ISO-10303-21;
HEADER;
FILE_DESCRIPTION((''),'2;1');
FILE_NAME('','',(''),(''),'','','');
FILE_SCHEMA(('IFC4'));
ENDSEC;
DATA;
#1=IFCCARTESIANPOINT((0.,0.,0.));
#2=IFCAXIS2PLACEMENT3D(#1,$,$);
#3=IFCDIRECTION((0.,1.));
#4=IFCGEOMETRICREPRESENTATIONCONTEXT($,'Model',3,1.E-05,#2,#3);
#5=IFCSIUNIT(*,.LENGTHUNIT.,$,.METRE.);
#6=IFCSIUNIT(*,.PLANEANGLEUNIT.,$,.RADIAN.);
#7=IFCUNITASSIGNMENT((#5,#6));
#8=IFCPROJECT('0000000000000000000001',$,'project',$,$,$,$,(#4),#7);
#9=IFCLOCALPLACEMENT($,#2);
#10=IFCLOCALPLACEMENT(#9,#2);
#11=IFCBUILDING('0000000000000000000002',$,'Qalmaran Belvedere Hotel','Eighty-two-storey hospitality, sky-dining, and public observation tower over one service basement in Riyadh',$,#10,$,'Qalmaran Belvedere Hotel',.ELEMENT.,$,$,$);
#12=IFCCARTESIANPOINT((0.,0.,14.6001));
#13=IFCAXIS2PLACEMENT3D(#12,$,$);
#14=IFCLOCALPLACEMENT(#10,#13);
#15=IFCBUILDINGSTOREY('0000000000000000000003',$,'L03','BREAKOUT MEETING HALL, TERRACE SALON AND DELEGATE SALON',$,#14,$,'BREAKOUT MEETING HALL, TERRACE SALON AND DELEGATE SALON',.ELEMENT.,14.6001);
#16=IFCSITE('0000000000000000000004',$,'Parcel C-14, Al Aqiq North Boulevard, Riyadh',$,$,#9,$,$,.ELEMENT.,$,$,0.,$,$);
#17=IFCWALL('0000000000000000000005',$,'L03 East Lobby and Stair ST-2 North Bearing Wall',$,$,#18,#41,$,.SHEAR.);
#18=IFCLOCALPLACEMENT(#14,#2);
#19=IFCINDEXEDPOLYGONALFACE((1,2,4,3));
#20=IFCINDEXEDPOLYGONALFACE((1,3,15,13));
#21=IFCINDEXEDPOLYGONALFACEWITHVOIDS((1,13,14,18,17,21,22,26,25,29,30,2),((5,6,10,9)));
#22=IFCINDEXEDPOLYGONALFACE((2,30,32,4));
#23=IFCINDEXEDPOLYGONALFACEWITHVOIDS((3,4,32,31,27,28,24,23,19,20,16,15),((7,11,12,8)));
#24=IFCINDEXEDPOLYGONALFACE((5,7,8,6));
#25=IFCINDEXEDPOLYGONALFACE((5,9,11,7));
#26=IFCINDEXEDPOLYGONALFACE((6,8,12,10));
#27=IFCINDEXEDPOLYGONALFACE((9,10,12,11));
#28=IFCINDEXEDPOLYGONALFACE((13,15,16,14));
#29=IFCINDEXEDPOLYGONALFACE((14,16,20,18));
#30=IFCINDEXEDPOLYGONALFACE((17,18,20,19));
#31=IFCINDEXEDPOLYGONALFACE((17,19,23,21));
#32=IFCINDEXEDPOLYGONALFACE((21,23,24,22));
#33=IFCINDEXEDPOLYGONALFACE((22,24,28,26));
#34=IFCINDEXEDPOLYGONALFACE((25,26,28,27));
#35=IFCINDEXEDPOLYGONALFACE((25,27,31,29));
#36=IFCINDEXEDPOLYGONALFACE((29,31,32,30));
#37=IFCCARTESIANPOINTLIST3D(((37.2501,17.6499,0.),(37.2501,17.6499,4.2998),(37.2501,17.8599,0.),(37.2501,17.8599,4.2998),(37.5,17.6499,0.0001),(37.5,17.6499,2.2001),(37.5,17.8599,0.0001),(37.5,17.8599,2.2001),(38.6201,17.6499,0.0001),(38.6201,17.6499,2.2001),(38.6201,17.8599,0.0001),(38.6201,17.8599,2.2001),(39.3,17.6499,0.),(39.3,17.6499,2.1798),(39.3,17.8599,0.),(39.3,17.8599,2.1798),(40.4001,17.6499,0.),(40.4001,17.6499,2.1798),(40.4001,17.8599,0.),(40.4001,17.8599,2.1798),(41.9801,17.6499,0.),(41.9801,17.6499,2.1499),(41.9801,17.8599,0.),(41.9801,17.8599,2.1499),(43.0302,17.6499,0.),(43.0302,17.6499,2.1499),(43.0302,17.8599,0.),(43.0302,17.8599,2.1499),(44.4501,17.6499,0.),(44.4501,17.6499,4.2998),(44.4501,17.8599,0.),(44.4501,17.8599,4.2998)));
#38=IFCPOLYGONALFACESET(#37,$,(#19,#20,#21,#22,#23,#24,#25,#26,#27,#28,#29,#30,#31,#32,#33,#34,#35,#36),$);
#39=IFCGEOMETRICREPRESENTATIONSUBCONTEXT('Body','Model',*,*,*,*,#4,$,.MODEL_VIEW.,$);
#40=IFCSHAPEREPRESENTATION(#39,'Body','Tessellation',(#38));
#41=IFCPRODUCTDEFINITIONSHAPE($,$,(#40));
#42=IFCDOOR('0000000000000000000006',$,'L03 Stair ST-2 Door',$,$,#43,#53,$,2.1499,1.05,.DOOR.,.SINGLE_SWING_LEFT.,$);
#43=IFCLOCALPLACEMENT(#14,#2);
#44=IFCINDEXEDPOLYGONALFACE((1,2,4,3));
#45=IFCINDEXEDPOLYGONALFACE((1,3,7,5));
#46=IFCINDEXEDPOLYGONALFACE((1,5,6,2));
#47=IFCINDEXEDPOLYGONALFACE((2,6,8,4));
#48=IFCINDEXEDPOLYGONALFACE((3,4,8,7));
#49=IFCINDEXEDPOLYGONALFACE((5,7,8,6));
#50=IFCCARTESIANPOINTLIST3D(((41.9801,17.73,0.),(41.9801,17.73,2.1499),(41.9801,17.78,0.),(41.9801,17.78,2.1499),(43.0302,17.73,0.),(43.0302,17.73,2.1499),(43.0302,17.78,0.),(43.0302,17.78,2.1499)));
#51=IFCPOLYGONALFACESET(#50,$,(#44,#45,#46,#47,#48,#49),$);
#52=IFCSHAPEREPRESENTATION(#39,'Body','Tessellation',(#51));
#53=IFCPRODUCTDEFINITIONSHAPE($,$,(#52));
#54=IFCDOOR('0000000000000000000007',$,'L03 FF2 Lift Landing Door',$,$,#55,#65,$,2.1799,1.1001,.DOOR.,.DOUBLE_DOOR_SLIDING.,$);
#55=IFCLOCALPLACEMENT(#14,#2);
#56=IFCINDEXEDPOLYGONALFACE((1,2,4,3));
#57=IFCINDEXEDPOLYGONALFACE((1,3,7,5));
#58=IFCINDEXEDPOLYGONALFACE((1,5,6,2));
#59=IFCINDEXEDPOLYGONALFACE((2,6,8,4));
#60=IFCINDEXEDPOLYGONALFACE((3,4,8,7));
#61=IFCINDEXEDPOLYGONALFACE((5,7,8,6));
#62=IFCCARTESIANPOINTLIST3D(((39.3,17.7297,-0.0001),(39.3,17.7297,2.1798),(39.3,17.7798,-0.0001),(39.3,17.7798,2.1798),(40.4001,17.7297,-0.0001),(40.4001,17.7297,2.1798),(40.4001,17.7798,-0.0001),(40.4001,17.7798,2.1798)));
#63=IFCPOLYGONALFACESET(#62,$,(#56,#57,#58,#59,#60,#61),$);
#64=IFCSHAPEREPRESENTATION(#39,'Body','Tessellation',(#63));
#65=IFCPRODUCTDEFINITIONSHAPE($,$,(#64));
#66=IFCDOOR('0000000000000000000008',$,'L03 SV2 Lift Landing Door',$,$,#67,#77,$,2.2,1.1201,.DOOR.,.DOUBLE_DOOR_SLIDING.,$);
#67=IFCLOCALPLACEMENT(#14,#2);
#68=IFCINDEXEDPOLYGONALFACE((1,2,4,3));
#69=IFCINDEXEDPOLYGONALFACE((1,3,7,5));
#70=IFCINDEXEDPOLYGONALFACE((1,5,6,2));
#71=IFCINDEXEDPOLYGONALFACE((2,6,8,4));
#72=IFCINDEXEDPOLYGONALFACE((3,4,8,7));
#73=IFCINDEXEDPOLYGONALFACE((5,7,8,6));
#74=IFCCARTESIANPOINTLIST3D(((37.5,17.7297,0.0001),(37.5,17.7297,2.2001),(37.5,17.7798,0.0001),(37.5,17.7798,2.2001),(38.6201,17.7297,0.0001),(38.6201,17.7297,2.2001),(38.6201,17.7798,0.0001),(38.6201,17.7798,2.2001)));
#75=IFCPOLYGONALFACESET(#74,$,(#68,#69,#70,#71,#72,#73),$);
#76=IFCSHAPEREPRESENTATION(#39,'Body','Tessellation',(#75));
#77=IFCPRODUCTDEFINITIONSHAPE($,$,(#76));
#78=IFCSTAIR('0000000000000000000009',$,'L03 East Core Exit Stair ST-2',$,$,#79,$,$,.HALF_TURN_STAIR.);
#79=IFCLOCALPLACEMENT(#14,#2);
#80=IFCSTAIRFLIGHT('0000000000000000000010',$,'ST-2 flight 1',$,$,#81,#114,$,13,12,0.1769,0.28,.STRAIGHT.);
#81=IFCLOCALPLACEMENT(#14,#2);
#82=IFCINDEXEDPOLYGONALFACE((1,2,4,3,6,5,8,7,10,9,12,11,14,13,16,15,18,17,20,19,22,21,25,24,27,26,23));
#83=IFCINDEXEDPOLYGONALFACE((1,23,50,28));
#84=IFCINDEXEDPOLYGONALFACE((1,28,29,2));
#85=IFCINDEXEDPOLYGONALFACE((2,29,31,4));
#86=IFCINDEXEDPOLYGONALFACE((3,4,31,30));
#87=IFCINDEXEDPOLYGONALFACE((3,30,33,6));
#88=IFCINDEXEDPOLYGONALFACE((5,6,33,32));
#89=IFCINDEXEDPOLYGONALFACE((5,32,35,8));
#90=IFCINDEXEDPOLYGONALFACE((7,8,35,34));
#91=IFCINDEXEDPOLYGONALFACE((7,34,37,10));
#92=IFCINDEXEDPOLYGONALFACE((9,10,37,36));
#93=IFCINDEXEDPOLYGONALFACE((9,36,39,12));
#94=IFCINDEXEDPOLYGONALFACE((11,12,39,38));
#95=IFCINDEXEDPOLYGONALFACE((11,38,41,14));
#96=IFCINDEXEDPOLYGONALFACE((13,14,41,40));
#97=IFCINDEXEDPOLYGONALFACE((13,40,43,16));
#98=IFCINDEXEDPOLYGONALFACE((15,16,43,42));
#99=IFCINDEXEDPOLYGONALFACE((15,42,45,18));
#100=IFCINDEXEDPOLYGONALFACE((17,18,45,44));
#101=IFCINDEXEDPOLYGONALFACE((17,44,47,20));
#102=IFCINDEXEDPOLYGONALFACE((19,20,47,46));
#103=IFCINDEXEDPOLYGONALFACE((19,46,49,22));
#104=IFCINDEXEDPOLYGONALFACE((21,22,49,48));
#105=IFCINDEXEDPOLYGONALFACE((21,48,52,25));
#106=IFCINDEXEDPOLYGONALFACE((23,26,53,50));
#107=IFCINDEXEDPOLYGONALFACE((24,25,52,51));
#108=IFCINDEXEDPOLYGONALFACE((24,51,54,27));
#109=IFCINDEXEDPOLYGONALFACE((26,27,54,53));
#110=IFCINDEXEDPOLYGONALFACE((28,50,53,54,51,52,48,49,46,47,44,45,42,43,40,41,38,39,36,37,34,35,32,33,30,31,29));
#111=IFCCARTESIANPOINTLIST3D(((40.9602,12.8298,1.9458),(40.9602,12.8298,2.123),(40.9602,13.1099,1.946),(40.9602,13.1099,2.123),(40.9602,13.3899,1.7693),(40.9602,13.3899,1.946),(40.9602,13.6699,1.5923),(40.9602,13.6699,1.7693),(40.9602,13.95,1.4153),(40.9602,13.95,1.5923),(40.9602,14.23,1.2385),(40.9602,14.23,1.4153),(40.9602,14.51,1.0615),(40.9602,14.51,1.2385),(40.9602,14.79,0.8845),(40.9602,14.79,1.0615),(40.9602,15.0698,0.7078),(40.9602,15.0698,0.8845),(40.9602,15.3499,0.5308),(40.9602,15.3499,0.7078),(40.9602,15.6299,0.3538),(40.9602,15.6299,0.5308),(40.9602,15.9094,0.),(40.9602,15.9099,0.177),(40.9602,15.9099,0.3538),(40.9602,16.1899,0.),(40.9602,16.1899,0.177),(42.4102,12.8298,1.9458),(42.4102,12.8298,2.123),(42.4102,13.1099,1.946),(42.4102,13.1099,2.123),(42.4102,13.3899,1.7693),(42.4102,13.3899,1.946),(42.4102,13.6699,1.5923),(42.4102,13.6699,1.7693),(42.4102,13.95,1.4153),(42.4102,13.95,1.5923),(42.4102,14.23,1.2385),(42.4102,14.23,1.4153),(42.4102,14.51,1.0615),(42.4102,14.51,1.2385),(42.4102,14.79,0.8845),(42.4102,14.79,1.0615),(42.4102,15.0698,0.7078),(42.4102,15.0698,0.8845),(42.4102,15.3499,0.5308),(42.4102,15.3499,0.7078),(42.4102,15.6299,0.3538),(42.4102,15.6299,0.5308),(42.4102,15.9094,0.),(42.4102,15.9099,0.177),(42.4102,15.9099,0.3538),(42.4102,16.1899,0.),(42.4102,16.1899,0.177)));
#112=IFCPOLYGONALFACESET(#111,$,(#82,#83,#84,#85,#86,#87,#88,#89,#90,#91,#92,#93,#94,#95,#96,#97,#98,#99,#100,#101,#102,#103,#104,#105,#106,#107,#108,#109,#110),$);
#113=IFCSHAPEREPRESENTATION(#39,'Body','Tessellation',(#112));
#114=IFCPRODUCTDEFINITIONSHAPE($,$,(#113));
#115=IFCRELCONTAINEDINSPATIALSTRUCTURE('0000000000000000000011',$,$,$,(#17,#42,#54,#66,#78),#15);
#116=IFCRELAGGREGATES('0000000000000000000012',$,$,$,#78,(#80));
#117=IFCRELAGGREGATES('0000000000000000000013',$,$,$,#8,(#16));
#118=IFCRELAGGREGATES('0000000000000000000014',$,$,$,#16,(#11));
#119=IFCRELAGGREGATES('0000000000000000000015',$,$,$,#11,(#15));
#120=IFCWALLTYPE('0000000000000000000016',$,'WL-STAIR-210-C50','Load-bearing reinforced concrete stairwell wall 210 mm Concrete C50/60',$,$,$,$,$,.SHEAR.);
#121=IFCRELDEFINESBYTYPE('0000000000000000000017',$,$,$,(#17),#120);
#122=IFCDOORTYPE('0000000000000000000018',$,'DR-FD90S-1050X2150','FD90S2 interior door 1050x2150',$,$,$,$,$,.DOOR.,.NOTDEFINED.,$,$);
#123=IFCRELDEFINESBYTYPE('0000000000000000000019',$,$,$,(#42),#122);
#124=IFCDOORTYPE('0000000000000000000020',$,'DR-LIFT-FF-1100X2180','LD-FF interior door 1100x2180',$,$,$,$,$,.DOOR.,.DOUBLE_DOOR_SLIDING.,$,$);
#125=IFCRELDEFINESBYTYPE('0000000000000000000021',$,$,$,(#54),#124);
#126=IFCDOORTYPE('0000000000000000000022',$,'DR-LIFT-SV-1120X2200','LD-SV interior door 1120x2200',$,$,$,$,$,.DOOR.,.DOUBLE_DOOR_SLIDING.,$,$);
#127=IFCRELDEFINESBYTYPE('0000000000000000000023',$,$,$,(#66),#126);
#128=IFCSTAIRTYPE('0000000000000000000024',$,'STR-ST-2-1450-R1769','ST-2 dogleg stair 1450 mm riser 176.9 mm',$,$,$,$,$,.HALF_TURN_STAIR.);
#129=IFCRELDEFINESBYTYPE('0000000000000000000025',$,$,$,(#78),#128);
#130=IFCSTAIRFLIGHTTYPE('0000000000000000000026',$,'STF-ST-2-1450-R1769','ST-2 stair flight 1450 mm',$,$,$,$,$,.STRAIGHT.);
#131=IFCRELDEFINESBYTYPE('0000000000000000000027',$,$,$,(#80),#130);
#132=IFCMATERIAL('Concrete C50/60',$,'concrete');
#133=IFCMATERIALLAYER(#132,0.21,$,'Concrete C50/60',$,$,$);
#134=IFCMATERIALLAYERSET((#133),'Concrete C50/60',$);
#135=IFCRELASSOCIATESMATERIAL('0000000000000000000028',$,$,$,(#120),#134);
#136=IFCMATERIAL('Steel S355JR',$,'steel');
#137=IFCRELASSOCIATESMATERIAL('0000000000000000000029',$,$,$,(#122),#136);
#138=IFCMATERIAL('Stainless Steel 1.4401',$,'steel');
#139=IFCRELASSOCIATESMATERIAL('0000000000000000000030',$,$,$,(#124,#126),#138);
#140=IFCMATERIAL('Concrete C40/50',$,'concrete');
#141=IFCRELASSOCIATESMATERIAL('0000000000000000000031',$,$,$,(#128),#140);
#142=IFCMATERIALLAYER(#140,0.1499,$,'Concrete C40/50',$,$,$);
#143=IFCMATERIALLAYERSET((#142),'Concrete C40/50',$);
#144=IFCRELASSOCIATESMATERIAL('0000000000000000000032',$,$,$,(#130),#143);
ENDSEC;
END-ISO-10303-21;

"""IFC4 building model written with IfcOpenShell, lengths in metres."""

from ifc_helpers import new_model, si_unit, direction, frame, frame_2d, origin, place, context, subcontext, project, spatial, polyline, rectangle, outline, extrude, material, layer, layer_set, type_object, element, fill, aggregate, save


model = new_model("IFC4")

# Units and contexts
model_context = context("Model", 3, precision=1e-05, world=origin(), true_north=direction((0.0, 1.0)))
body_context = subcontext(model_context, "Body", "Model", "MODEL_VIEW")
ifc_project = project(units=[si_unit("LENGTHUNIT", "METRE"), si_unit("PLANEANGLEUNIT", "RADIAN")], contexts=[model_context])

# Site, building, storey
site_placement = place(None, origin())
site = spatial("IfcSite", under=ifc_project, at=site_placement, Name="Parcel C-14, Al Aqiq North Boulevard, Riyadh", CompositionType="ELEMENT", RefElevation=0.0)
building_placement = place(site_placement, origin())
building = spatial("IfcBuilding", under=site, at=building_placement, Name="Qalmaran Belvedere Hotel", Description="Eighty-two-storey hospitality, sky-dining, and public observation tower over one service basement in Riyadh", LongName="Qalmaran Belvedere Hotel", CompositionType="ELEMENT")
storey_placement = place(building_placement, frame((0.0, 0.0, 14.6001)))
storey = spatial("IfcBuildingStorey", under=building, at=storey_placement, Name="L03", Description="BREAKOUT MEETING HALL, TERRACE SALON AND DELEGATE SALON", LongName="BREAKOUT MEETING HALL, TERRACE SALON AND DELEGATE SALON", CompositionType="ELEMENT", Elevation=14.6001)

# Shared definitions
ifc_material_1 = material(Name="Steel S355JR", Category="steel")

# Wall, openings, doors
ifc_material_2 = material(Name="Concrete C50/60", Category="concrete")
ifc_layer_1 = layer(ifc_material_2, 0.21, Name="Concrete C50/60")
ifc_layer_set_1 = layer_set([ifc_layer_1], Name="Concrete C50/60")
wall_type_1 = type_object("IfcWallType", Name="WL-STAIR-210-C50", Description="Load-bearing reinforced concrete stairwell wall 210 mm Concrete C50/60", PredefinedType="SHEAR", material=ifc_layer_set_1)
wall_1_placement = place(storey_placement, frame((37.25, 17.7549, 0.0), z_axis=(0.0, 0.0, 1.0), x_axis=(1.0, 0.0, 0.0)))
wall_1 = element("IfcWall", 1, at=wall_1_placement, inside=storey, type_object=wall_type_1, Name="L03 East Lobby and Stair ST-2 North Bearing Wall", PredefinedType="SHEAR", context=body_context, shape_type="SweptSolid", body=[
    extrude(rectangle(XDim=7.2, YDim=0.21, at=frame_2d((3.6001, 0.0))), origin(), (0.0, 0.0, 1.0), 4.2998),
])
opening_1_placement = place(wall_1_placement, frame((0.25, 0.0, 0.0)))
opening_1 = element("IfcOpeningElement", 2, at=opening_1_placement, cuts=wall_1, PredefinedType="OPENING", context=body_context, shape_type="SweptSolid", body=[
    extrude(rectangle(XDim=1.1201, YDim=2.2, at=frame_2d((0.5601, 1.1001))), frame((0.0, 0.115, 0.0), z_axis=(0.0, -1.0, 0.0), x_axis=(1.0, 0.0, 0.0)), (0.0, 0.0, 1.0), 0.23),
])
opening_2_placement = place(wall_1_placement, frame((2.05, 0.0, 0.0)))
opening_2 = element("IfcOpeningElement", 3, at=opening_2_placement, cuts=wall_1, PredefinedType="OPENING", context=body_context, shape_type="SweptSolid", body=[
    extrude(rectangle(XDim=1.1001, YDim=2.1799, at=frame_2d((0.55, 1.0898))), frame((0.0, 0.115, 0.0), z_axis=(0.0, -1.0, 0.0), x_axis=(1.0, 0.0, 0.0)), (0.0, 0.0, 1.0), 0.23),
])
opening_3_placement = place(wall_1_placement, frame((5.78, 0.0, 0.0), z_axis=(0.0, 0.0, 1.0), x_axis=(-1.0, 0.0, 0.0)))
opening_3 = element("IfcOpeningElement", 4, at=opening_3_placement, cuts=wall_1, PredefinedType="OPENING", context=body_context, shape_type="SweptSolid", body=[
    extrude(rectangle(XDim=1.05, YDim=2.1499, at=frame_2d((0.5249, 1.075))), frame((0.0, 0.115, 0.0), z_axis=(0.0, -1.0, 0.0), x_axis=(1.0, 0.0, 0.0)), (0.0, 0.0, 1.0), 0.23),
])
door_type_1 = type_object("IfcDoorType", Name="DR-FD90S-1050X2150", Description="FD90S2 interior door 1050x2150", OperationType="NOTDEFINED", PredefinedType="DOOR", material=ifc_material_1)
door_1_placement = place(opening_3_placement, origin())
door_1 = element("IfcDoor", 5, at=door_1_placement, inside=storey, type_object=door_type_1, Name="L03 Stair ST-2 Door", OperationType="SINGLE_SWING_LEFT", OverallHeight=2.1499, OverallWidth=1.05, PredefinedType="DOOR", context=body_context, shape_type="SweptSolid", body=[
    extrude(rectangle(XDim=1.05, YDim=2.1499, at=frame_2d((0.5249, 1.075))), frame((0.0, 0.0249, 0.0), z_axis=(0.0, -1.0, 0.0), x_axis=(1.0, 0.0, 0.0)), (0.0, 0.0, 1.0), 0.05),
])
fill(opening_3, door_1)
ifc_material_3 = material(Name="Stainless Steel 1.4401", Category="steel")
door_type_2 = type_object("IfcDoorType", Name="DR-LIFT-FF-1100X2180", Description="LD-FF interior door 1100x2180", OperationType="DOUBLE_DOOR_SLIDING", PredefinedType="DOOR", material=ifc_material_3)
door_2_placement = place(opening_2_placement, origin())
door_2 = element("IfcDoor", 6, at=door_2_placement, inside=storey, type_object=door_type_2, Name="L03 FF2 Lift Landing Door", OperationType="DOUBLE_DOOR_SLIDING", OverallHeight=2.1799, OverallWidth=1.1001, PredefinedType="DOOR", context=body_context, shape_type="SweptSolid", body=[
    extrude(rectangle(XDim=1.1001, YDim=2.1799, at=frame_2d((0.55, 1.0898))), frame((0.0, 0.0249, 0.0), z_axis=(0.0, -1.0, 0.0), x_axis=(1.0, 0.0, 0.0)), (0.0, 0.0, 1.0), 0.05),
])
fill(opening_2, door_2)
door_type_3 = type_object("IfcDoorType", Name="DR-LIFT-SV-1120X2200", Description="LD-SV interior door 1120x2200", OperationType="DOUBLE_DOOR_SLIDING", PredefinedType="DOOR", material=ifc_material_3)
door_3_placement = place(opening_1_placement, origin())
door_3 = element("IfcDoor", 7, at=door_3_placement, inside=storey, type_object=door_type_3, Name="L03 SV2 Lift Landing Door", OperationType="DOUBLE_DOOR_SLIDING", OverallHeight=2.2, OverallWidth=1.1201, PredefinedType="DOOR", context=body_context, shape_type="SweptSolid", body=[
    extrude(rectangle(XDim=1.1201, YDim=2.2, at=frame_2d((0.5601, 1.1001))), frame((0.0, 0.0249, 0.0), z_axis=(0.0, -1.0, 0.0), x_axis=(1.0, 0.0, 0.0)), (0.0, 0.0, 1.0), 0.05),
])
fill(opening_1, door_3)

# Stair, stair flight
ifc_material_4 = material(Name="Concrete C40/50", Category="concrete")
stair_type = type_object("IfcStairType", Name="STR-ST-2-1450-R1769", Description="ST-2 dogleg stair 1450 mm riser 176.9 mm", PredefinedType="HALF_TURN_STAIR", material=ifc_material_4)
stair_placement = place(storey_placement, origin())
stair = element("IfcStair", 8, at=stair_placement, inside=storey, type_object=stair_type, Name="L03 East Core Exit Stair ST-2", PredefinedType="HALF_TURN_STAIR")
ifc_layer_2 = layer(ifc_material_4, 0.1499, Name="Concrete C40/50")
ifc_layer_set_2 = layer_set([ifc_layer_2], Name="Concrete C40/50")
stair_flight_type = type_object("IfcStairFlightType", Name="STF-ST-2-1450-R1769", Description="ST-2 stair flight 1450 mm", PredefinedType="STRAIGHT", material=ifc_layer_set_2)
stair_flight_placement = place(storey_placement, frame((41.6851, 16.1899, 0.0), z_axis=(0.0, 0.0, 1.0), x_axis=(0.0, -1.0, 0.0)))
stair_flight = element("IfcStairFlight", 9, at=stair_flight_placement, type_object=stair_flight_type, Name="ST-2 flight 1", NumberOfRisers=13, NumberOfTreads=12, PredefinedType="STRAIGHT", RiserHeight=0.1769, TreadLength=0.28, context=body_context, shape_type="SweptSolid", body=[
    extrude(outline(polyline([(0.0, 0.0), (0.0, 0.177), (0.28, 0.177), (0.28, 0.3538), (0.5601, 0.3538), (0.5601, 0.5308), (0.8401, 0.5308), (0.8401, 0.7078), (1.1201, 0.7078), (1.1201, 0.8845), (1.3999, 0.8845), (1.3999, 1.0615), (1.6799, 1.0615), (1.6799, 1.2385), (1.96, 1.2385), (1.96, 1.4153), (2.24, 1.4153), (2.24, 1.5923), (2.52, 1.5923), (2.52, 1.7693), (2.8, 1.7693), (2.8, 1.946), (3.0801, 1.946), (3.0801, 2.123), (3.3601, 2.123), (3.3601, 2.3), (3.3601, 1.9458), (0.2805, 0.0), (0.0, 0.0)])), frame((0.0, 0.7251, 0.0), z_axis=(0.0, -1.0, 0.0), x_axis=(1.0, 0.0, 0.0)), (0.0, 0.0, 1.0), 1.45),
])
aggregate(stair, [stair_flight])

save(model, "model.ifc")
